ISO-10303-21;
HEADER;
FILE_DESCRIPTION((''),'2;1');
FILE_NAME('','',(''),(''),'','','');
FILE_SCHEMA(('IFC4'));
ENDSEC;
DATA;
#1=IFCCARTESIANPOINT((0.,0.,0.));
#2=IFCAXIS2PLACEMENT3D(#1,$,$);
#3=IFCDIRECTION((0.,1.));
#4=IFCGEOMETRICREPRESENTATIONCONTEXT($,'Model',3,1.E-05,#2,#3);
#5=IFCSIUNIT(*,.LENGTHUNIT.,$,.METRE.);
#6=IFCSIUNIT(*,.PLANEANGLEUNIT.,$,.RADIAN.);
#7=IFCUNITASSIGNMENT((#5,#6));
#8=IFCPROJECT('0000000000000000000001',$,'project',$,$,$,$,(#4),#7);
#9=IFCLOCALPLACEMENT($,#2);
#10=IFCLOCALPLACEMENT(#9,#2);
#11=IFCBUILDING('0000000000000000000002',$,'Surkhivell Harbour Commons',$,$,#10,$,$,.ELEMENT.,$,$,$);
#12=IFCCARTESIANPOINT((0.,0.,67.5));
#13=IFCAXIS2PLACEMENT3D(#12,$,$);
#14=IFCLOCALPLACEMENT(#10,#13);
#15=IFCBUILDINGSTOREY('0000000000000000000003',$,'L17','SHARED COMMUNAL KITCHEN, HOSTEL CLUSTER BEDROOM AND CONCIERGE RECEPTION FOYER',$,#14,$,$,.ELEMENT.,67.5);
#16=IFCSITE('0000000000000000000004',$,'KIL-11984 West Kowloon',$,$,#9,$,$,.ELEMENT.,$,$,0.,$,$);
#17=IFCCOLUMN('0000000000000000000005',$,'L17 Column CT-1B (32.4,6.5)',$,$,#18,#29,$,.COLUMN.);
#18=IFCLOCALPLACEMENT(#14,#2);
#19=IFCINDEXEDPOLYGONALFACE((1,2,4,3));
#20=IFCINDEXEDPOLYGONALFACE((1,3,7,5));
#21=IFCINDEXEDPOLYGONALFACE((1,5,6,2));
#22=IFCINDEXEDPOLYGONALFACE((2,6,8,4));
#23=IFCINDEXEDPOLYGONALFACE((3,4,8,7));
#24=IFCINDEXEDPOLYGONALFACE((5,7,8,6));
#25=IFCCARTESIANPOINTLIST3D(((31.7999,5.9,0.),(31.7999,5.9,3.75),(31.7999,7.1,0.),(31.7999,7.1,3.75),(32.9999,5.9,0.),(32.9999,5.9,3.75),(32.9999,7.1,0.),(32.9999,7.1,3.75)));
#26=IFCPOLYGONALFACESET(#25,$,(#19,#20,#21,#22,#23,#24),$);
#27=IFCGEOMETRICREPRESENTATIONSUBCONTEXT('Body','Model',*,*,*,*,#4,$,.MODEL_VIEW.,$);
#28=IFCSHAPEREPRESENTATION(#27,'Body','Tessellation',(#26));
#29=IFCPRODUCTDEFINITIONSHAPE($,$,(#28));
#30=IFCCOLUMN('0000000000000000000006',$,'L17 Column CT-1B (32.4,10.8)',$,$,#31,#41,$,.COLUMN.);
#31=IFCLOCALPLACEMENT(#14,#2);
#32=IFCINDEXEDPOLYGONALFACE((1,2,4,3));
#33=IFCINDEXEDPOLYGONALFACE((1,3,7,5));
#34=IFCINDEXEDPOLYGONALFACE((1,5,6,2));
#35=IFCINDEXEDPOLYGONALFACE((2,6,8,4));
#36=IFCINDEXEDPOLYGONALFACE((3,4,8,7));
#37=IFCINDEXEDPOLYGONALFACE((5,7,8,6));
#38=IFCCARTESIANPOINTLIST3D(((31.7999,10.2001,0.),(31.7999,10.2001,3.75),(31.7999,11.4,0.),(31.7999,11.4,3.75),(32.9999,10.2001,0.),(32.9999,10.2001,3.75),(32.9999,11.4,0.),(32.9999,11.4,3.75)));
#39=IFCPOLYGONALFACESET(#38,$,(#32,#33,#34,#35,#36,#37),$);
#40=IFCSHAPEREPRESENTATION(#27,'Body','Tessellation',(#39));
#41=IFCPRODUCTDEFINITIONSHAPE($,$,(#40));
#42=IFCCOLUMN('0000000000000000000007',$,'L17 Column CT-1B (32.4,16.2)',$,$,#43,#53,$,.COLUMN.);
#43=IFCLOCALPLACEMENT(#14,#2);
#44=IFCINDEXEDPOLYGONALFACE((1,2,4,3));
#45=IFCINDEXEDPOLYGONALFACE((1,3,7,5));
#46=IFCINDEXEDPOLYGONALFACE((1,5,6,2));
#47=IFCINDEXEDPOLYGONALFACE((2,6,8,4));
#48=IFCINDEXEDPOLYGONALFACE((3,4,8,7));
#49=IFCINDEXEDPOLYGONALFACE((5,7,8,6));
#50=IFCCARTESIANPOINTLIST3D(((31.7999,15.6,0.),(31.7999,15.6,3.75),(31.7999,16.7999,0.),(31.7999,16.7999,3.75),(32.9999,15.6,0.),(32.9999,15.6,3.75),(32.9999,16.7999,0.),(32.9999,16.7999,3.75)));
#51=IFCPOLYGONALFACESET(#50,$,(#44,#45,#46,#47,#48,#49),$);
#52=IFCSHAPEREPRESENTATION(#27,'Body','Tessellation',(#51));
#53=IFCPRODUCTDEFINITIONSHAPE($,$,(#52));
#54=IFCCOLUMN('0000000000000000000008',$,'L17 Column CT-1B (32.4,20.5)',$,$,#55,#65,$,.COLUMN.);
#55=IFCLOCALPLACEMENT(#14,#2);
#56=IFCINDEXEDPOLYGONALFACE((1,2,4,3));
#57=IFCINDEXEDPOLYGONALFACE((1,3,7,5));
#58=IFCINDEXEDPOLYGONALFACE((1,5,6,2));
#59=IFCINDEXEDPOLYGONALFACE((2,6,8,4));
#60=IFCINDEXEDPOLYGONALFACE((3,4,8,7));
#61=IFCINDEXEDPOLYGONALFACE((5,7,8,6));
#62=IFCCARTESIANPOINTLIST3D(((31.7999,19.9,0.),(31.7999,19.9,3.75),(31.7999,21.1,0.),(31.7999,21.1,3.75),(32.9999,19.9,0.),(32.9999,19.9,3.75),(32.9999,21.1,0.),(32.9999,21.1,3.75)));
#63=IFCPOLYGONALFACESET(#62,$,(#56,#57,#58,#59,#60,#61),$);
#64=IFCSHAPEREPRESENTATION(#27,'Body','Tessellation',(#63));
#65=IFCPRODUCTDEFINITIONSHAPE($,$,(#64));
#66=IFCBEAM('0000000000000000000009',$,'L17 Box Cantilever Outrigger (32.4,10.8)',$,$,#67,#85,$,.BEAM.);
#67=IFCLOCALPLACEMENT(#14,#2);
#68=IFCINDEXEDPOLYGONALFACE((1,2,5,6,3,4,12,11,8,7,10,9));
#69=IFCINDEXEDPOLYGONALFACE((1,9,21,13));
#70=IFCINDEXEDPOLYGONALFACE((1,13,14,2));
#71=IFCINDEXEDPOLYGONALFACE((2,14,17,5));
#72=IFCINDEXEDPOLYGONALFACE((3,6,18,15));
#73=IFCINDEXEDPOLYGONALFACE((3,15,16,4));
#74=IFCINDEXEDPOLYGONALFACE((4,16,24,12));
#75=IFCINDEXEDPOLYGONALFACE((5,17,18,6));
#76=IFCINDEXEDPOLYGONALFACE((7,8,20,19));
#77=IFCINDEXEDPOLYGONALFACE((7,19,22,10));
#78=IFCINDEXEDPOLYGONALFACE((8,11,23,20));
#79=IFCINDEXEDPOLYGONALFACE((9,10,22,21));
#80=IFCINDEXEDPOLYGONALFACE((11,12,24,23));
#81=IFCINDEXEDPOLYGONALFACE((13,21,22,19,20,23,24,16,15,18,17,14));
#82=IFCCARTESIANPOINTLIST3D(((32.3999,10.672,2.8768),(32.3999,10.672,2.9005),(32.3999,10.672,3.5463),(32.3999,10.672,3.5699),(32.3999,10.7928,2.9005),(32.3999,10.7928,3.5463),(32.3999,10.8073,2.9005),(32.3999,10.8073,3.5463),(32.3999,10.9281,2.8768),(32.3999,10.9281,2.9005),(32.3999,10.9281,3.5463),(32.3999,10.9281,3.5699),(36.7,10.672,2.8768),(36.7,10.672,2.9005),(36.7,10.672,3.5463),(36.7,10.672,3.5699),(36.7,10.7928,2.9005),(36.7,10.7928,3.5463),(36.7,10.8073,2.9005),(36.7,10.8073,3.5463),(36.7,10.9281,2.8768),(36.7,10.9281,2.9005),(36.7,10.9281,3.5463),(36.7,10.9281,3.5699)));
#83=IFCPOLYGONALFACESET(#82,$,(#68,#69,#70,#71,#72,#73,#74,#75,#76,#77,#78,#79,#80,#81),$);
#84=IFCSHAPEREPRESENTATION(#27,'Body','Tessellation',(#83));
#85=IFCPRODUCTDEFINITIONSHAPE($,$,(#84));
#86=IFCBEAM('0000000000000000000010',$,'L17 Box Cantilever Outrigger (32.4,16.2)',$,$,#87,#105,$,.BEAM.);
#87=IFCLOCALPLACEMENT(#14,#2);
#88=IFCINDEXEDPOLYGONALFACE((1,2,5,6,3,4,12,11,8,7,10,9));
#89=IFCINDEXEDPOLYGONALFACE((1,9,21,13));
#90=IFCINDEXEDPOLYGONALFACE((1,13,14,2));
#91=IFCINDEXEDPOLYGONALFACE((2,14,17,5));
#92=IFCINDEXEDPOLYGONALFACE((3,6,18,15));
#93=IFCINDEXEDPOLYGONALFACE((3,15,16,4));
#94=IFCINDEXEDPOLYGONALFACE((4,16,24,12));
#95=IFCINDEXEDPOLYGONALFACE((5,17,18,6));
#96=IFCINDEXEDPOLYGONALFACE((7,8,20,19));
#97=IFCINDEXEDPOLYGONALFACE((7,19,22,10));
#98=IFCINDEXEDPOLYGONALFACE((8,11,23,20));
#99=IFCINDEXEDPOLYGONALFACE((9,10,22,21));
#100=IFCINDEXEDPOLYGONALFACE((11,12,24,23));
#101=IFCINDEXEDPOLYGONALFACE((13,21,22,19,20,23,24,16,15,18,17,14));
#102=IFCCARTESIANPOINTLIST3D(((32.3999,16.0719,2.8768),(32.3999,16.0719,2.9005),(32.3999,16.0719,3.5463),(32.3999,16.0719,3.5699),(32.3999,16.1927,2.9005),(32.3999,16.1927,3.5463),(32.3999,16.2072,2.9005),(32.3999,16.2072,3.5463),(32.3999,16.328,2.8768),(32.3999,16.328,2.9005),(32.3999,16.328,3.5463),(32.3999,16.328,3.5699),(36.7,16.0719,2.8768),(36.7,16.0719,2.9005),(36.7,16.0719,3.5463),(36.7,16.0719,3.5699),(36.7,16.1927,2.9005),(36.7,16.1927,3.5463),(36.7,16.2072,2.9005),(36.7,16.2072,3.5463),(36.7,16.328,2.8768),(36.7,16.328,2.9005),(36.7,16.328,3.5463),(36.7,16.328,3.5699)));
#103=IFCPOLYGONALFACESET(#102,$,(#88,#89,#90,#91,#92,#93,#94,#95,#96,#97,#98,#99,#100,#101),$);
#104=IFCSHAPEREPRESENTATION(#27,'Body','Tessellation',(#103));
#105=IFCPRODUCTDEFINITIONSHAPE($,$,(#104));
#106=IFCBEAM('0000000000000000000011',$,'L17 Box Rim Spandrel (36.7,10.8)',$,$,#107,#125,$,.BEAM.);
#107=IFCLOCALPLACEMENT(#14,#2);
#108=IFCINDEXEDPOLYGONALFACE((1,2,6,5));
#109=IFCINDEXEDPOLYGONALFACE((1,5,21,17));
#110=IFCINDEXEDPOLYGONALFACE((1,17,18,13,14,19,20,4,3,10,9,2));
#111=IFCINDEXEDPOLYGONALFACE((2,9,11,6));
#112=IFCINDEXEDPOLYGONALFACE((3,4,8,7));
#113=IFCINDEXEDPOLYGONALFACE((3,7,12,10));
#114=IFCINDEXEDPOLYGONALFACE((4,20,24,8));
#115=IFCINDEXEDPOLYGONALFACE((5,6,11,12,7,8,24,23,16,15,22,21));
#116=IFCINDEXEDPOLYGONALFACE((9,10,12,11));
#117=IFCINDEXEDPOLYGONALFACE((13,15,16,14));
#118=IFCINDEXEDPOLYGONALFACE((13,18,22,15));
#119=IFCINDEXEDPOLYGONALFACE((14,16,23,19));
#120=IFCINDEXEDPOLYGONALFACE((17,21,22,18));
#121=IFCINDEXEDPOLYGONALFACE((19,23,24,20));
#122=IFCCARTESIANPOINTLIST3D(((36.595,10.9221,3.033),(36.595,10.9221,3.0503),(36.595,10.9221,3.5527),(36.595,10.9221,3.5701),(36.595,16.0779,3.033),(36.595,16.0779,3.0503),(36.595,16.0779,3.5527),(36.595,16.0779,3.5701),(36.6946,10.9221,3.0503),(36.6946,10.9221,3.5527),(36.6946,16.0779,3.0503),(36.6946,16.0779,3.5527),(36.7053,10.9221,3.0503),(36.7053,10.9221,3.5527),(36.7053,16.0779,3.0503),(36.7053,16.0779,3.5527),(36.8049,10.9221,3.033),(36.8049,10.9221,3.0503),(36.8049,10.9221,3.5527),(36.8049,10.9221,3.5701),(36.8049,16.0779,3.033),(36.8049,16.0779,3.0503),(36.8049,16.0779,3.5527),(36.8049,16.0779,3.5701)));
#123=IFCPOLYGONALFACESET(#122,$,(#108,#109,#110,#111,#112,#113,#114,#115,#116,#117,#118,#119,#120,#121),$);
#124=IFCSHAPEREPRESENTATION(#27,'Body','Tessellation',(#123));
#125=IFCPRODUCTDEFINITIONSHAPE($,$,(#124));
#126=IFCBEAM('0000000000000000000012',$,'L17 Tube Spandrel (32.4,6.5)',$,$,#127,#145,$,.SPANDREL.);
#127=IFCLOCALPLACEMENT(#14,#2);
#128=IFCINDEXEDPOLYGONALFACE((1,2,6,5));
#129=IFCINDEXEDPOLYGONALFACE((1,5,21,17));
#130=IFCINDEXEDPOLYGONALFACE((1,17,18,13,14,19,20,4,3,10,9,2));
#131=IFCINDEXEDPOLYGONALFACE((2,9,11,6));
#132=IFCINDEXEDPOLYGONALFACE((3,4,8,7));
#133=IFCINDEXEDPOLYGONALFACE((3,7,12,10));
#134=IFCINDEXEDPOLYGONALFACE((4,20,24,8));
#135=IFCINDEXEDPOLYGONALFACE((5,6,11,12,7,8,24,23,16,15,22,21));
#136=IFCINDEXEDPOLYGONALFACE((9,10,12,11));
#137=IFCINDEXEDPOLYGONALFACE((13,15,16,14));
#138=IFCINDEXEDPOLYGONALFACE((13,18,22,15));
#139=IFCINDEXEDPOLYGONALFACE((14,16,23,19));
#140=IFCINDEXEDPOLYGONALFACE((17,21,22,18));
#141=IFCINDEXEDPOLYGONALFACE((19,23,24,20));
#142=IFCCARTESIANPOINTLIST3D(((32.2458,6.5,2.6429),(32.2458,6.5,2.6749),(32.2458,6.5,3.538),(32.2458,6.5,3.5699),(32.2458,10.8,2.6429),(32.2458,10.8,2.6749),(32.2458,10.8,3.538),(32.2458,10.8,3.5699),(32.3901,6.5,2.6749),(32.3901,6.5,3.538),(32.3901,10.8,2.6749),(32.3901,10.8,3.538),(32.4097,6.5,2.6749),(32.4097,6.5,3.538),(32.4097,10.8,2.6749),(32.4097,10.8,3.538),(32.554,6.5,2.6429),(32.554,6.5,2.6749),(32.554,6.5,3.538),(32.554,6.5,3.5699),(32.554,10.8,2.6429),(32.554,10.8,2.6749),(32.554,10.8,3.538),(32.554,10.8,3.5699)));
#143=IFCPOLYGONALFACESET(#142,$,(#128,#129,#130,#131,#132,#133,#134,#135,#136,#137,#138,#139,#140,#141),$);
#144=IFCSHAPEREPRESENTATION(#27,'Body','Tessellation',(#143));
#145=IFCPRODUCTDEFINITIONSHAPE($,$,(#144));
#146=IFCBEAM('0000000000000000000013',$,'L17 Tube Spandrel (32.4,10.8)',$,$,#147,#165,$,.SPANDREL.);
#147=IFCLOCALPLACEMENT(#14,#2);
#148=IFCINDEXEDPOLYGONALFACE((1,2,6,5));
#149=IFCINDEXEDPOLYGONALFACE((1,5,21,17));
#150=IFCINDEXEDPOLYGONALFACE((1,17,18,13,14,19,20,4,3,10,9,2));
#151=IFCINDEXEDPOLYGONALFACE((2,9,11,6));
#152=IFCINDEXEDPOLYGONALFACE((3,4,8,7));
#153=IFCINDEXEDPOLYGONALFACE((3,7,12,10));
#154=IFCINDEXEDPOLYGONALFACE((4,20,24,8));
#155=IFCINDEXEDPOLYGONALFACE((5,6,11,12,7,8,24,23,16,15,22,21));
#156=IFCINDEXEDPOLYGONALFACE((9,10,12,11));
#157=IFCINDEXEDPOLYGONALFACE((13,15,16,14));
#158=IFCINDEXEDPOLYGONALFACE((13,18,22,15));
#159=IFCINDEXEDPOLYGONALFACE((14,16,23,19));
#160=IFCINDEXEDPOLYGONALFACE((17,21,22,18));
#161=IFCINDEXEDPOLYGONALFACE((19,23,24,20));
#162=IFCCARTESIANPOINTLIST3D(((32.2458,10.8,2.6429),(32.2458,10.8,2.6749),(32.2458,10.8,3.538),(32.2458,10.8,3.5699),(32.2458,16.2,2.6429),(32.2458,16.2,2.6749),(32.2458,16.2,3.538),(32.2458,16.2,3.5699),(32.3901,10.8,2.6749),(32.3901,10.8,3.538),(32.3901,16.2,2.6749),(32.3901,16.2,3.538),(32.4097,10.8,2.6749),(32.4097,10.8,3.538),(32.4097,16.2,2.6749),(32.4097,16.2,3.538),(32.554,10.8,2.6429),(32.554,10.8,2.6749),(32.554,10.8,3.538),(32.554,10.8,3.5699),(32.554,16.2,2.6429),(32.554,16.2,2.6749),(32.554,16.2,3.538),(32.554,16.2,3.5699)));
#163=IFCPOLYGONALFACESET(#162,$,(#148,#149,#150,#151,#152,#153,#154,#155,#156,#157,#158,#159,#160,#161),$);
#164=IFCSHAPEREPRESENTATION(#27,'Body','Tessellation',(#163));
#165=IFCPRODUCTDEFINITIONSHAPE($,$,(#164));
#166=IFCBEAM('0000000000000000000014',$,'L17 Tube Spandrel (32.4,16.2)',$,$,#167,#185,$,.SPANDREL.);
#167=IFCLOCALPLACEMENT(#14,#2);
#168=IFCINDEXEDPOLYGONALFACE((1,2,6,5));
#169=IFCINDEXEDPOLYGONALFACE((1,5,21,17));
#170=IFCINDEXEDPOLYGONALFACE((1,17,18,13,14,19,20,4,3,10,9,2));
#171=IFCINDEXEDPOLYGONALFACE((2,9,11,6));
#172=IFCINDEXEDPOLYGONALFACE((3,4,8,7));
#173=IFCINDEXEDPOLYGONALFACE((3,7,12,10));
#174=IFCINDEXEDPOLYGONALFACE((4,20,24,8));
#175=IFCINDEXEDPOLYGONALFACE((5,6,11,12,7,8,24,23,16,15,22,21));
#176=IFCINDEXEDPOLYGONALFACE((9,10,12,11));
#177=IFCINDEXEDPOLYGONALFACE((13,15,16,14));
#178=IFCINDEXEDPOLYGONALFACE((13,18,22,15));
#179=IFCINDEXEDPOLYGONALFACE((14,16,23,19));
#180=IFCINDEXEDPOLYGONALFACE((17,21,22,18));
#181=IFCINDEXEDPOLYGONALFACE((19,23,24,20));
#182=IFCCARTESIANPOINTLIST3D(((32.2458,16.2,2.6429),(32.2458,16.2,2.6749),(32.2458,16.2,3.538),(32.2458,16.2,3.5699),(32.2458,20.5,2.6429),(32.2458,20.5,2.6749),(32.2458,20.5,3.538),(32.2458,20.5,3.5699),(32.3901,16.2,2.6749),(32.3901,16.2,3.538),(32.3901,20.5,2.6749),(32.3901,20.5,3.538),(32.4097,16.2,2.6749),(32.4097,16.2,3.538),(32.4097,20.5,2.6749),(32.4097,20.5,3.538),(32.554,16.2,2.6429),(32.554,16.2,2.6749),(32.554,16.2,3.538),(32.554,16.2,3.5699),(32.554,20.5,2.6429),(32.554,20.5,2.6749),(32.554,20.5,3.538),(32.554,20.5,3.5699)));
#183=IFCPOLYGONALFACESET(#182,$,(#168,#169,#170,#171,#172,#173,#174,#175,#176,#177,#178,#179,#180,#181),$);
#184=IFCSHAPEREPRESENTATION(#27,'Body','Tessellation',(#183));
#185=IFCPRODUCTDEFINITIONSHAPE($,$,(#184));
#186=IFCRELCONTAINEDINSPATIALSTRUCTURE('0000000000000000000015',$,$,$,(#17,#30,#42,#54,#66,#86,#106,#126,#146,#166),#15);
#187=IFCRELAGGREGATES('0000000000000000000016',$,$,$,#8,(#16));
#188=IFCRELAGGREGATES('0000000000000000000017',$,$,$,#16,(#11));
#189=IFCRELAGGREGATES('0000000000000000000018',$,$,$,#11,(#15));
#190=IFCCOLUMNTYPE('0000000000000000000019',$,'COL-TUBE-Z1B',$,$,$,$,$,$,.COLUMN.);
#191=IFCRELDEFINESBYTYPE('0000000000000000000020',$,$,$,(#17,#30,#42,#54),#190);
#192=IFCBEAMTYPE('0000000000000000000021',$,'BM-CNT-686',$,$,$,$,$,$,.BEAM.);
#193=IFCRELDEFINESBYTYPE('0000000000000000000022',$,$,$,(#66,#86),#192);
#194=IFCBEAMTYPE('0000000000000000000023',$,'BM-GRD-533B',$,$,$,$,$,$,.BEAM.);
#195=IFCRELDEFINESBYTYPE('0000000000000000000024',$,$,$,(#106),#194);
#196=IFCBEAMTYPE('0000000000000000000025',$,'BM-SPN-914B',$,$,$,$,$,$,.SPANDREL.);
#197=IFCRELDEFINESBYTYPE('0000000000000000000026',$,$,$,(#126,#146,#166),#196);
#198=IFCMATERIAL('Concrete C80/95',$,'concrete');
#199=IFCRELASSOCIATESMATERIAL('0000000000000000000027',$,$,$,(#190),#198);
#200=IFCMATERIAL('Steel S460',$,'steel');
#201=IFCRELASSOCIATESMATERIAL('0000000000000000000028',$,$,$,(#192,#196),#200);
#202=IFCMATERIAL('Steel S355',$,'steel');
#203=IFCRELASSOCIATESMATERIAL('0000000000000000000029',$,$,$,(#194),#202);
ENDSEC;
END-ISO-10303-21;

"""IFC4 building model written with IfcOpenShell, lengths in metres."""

from ifc_helpers import new_model, si_unit, direction, frame, origin, origin_2d, place, context, subcontext, project, spatial, rectangle, i_section, extrude, material, material_profile, profile_set, type_object, element, save


model = new_model("IFC4")

# Units and contexts
model_context = context("Model", 3, precision=1e-05, world=origin(), true_north=direction((0.0, 1.0)))
body_context = subcontext(model_context, "Body", "Model", "MODEL_VIEW")
ifc_project = project(units=[si_unit("LENGTHUNIT", "METRE"), si_unit("PLANEANGLEUNIT", "RADIAN")], contexts=[model_context])

# Site, building, storey
site_placement = place(None, origin())
site = spatial("IfcSite", under=ifc_project, at=site_placement, Name="KIL-11984 West Kowloon", CompositionType="ELEMENT", RefElevation=0.0)
building_placement = place(site_placement, origin())
building = spatial("IfcBuilding", under=site, at=building_placement, Name="Surkhivell Harbour Commons", CompositionType="ELEMENT")
storey_placement = place(building_placement, frame((0.0, 0.0, 67.5)))
storey = spatial("IfcBuildingStorey", under=building, at=storey_placement, Name="L17", Description="SHARED COMMUNAL KITCHEN, HOSTEL CLUSTER BEDROOM AND CONCIERGE RECEPTION FOYER", CompositionType="ELEMENT", Elevation=67.5)

# Columns
ifc_material_1 = material(Name="Concrete C80/95", Category="concrete")
ifc_material_profile_1 = material_profile(ifc_material_1, rectangle(XDim=1.2, YDim=1.2, at=origin_2d()), Name="RC-COL-1200x1200")
ifc_profile_set_1 = profile_set([ifc_material_profile_1], Name="Concrete C80/95")
column_type = type_object("IfcColumnType", Name="COL-TUBE-Z1B", PredefinedType="COLUMN", material=ifc_profile_set_1)
for number, where, z_axis, x_axis, name in (
    (1, (32.3999, 6.5, 0.0), (0.0, 0.0, 1.0), (1.0, 0.0, 0.0), "L17 Column CT-1B (32.4,6.5)"),
    (2, (32.3999, 10.8, 0.0), (0.0, 0.0, 1.0), (1.0, 0.0, 0.0), "L17 Column CT-1B (32.4,10.8)"),
    (3, (32.3999, 16.2, 0.0), (0.0, 0.0, 1.0), (1.0, 0.0, 0.0), "L17 Column CT-1B (32.4,16.2)"),
    (4, (32.3999, 20.5, 0.0), (0.0, 0.0, 1.0), (1.0, 0.0, 0.0), "L17 Column CT-1B (32.4,20.5)"),
):
    element("IfcColumn", number, at=place(storey_placement, frame(where, z_axis=z_axis, x_axis=x_axis)), inside=storey, type_object=column_type, Name=name, PredefinedType="COLUMN", context=body_context, shape_type="SweptSolid", body=[
        extrude(rectangle(XDim=1.2, YDim=1.2, at=origin_2d()), origin(), (0.0, 0.0, 1.0), 3.75),
    ])

# Beams
ifc_material_2 = material(Name="Steel S460", Category="steel")
ifc_material_profile_2 = material_profile(ifc_material_2, i_section(OverallWidth=0.2561, OverallDepth=0.6931, WebThickness=0.0144, FlangeThickness=0.0237, at=origin_2d()), Name="UB686x254x170")
ifc_profile_set_2 = profile_set([ifc_material_profile_2], Name="Steel S460")
beam_type_1 = type_object("IfcBeamType", Name="BM-CNT-686", PredefinedType="BEAM", material=ifc_profile_set_2)
for number, where, z_axis, x_axis, name in (
    (5, (32.3999, 10.8, 3.2234), (1.0, 0.0, 0.0), (0.0, 1.0, 0.0), "L17 Box Cantilever Outrigger (32.4,10.8)"),
    (6, (32.3999, 16.2, 3.2234), (1.0, 0.0, 0.0), (0.0, 1.0, 0.0), "L17 Box Cantilever Outrigger (32.4,16.2)"),
):
    element("IfcBeam", number, at=place(storey_placement, frame(where, z_axis=z_axis, x_axis=x_axis)), inside=storey, type_object=beam_type_1, Name=name, PredefinedType="BEAM", context=body_context, shape_type="SweptSolid", body=[
        extrude(i_section(OverallWidth=0.2561, OverallDepth=0.6931, WebThickness=0.0144, FlangeThickness=0.0237, at=origin_2d()), origin(), (0.0, 0.0, 1.0), 4.3),
    ])
ifc_material_3 = material(Name="Steel S355", Category="steel")
ifc_material_profile_3 = material_profile(ifc_material_3, i_section(OverallWidth=0.21, OverallDepth=0.5371, WebThickness=0.0107, FlangeThickness=0.0173, at=origin_2d()), Name="UB533x210x101")
ifc_profile_set_3 = profile_set([ifc_material_profile_3], Name="Steel S355")
beam_type_2 = type_object("IfcBeamType", Name="BM-GRD-533B", PredefinedType="BEAM", material=ifc_profile_set_3)
beam_1_placement = place(storey_placement, frame((36.7, 10.9221, 3.3015), z_axis=(0.0, 1.0, 0.0), x_axis=(-1.0, 0.0, 0.0)))
element("IfcBeam", 7, at=beam_1_placement, inside=storey, type_object=beam_type_2, Name="L17 Box Rim Spandrel (36.7,10.8)", PredefinedType="BEAM", context=body_context, shape_type="SweptSolid", body=[
    extrude(i_section(OverallWidth=0.21, OverallDepth=0.5371, WebThickness=0.0107, FlangeThickness=0.0173, at=origin_2d()), origin(), (0.0, 0.0, 1.0), 5.1558),
])
ifc_material_profile_4 = material_profile(ifc_material_2, i_section(OverallWidth=0.3081, OverallDepth=0.927, WebThickness=0.0195, FlangeThickness=0.032, at=origin_2d()), Name="UB914x305x289")
ifc_profile_set_4 = profile_set([ifc_material_profile_4], Name="Steel S460")
beam_type_3 = type_object("IfcBeamType", Name="BM-SPN-914B", PredefinedType="SPANDREL", material=ifc_profile_set_4)
beam_2_placement = place(storey_placement, frame((32.3999, 6.5, 3.1064), z_axis=(0.0, 1.0, 0.0), x_axis=(-1.0, 0.0, 0.0)))
element("IfcBeam", 8, at=beam_2_placement, inside=storey, type_object=beam_type_3, Name="L17 Tube Spandrel (32.4,6.5)", PredefinedType="SPANDREL", context=body_context, shape_type="SweptSolid", body=[
    extrude(i_section(OverallWidth=0.3081, OverallDepth=0.927, WebThickness=0.0195, FlangeThickness=0.032, at=origin_2d()), origin(), (0.0, 0.0, 1.0), 4.3),
])
beam_3_placement = place(storey_placement, frame((32.3999, 10.8, 3.1064), z_axis=(0.0, 1.0, 0.0), x_axis=(-1.0, 0.0, 0.0)))
element("IfcBeam", 9, at=beam_3_placement, inside=storey, type_object=beam_type_3, Name="L17 Tube Spandrel (32.4,10.8)", PredefinedType="SPANDREL", context=body_context, shape_type="SweptSolid", body=[
    extrude(i_section(OverallWidth=0.3081, OverallDepth=0.927, WebThickness=0.0195, FlangeThickness=0.032, at=origin_2d()), origin(), (0.0, 0.0, 1.0), 5.3999),
])
beam_4_placement = place(storey_placement, frame((32.3999, 16.2, 3.1064), z_axis=(0.0, 1.0, 0.0), x_axis=(-1.0, 0.0, 0.0)))
element("IfcBeam", 10, at=beam_4_placement, inside=storey, type_object=beam_type_3, Name="L17 Tube Spandrel (32.4,16.2)", PredefinedType="SPANDREL", context=body_context, shape_type="SweptSolid", body=[
    extrude(i_section(OverallWidth=0.3081, OverallDepth=0.927, WebThickness=0.0195, FlangeThickness=0.032, at=origin_2d()), origin(), (0.0, 0.0, 1.0), 4.3),
])

save(model, "model.ifc")
